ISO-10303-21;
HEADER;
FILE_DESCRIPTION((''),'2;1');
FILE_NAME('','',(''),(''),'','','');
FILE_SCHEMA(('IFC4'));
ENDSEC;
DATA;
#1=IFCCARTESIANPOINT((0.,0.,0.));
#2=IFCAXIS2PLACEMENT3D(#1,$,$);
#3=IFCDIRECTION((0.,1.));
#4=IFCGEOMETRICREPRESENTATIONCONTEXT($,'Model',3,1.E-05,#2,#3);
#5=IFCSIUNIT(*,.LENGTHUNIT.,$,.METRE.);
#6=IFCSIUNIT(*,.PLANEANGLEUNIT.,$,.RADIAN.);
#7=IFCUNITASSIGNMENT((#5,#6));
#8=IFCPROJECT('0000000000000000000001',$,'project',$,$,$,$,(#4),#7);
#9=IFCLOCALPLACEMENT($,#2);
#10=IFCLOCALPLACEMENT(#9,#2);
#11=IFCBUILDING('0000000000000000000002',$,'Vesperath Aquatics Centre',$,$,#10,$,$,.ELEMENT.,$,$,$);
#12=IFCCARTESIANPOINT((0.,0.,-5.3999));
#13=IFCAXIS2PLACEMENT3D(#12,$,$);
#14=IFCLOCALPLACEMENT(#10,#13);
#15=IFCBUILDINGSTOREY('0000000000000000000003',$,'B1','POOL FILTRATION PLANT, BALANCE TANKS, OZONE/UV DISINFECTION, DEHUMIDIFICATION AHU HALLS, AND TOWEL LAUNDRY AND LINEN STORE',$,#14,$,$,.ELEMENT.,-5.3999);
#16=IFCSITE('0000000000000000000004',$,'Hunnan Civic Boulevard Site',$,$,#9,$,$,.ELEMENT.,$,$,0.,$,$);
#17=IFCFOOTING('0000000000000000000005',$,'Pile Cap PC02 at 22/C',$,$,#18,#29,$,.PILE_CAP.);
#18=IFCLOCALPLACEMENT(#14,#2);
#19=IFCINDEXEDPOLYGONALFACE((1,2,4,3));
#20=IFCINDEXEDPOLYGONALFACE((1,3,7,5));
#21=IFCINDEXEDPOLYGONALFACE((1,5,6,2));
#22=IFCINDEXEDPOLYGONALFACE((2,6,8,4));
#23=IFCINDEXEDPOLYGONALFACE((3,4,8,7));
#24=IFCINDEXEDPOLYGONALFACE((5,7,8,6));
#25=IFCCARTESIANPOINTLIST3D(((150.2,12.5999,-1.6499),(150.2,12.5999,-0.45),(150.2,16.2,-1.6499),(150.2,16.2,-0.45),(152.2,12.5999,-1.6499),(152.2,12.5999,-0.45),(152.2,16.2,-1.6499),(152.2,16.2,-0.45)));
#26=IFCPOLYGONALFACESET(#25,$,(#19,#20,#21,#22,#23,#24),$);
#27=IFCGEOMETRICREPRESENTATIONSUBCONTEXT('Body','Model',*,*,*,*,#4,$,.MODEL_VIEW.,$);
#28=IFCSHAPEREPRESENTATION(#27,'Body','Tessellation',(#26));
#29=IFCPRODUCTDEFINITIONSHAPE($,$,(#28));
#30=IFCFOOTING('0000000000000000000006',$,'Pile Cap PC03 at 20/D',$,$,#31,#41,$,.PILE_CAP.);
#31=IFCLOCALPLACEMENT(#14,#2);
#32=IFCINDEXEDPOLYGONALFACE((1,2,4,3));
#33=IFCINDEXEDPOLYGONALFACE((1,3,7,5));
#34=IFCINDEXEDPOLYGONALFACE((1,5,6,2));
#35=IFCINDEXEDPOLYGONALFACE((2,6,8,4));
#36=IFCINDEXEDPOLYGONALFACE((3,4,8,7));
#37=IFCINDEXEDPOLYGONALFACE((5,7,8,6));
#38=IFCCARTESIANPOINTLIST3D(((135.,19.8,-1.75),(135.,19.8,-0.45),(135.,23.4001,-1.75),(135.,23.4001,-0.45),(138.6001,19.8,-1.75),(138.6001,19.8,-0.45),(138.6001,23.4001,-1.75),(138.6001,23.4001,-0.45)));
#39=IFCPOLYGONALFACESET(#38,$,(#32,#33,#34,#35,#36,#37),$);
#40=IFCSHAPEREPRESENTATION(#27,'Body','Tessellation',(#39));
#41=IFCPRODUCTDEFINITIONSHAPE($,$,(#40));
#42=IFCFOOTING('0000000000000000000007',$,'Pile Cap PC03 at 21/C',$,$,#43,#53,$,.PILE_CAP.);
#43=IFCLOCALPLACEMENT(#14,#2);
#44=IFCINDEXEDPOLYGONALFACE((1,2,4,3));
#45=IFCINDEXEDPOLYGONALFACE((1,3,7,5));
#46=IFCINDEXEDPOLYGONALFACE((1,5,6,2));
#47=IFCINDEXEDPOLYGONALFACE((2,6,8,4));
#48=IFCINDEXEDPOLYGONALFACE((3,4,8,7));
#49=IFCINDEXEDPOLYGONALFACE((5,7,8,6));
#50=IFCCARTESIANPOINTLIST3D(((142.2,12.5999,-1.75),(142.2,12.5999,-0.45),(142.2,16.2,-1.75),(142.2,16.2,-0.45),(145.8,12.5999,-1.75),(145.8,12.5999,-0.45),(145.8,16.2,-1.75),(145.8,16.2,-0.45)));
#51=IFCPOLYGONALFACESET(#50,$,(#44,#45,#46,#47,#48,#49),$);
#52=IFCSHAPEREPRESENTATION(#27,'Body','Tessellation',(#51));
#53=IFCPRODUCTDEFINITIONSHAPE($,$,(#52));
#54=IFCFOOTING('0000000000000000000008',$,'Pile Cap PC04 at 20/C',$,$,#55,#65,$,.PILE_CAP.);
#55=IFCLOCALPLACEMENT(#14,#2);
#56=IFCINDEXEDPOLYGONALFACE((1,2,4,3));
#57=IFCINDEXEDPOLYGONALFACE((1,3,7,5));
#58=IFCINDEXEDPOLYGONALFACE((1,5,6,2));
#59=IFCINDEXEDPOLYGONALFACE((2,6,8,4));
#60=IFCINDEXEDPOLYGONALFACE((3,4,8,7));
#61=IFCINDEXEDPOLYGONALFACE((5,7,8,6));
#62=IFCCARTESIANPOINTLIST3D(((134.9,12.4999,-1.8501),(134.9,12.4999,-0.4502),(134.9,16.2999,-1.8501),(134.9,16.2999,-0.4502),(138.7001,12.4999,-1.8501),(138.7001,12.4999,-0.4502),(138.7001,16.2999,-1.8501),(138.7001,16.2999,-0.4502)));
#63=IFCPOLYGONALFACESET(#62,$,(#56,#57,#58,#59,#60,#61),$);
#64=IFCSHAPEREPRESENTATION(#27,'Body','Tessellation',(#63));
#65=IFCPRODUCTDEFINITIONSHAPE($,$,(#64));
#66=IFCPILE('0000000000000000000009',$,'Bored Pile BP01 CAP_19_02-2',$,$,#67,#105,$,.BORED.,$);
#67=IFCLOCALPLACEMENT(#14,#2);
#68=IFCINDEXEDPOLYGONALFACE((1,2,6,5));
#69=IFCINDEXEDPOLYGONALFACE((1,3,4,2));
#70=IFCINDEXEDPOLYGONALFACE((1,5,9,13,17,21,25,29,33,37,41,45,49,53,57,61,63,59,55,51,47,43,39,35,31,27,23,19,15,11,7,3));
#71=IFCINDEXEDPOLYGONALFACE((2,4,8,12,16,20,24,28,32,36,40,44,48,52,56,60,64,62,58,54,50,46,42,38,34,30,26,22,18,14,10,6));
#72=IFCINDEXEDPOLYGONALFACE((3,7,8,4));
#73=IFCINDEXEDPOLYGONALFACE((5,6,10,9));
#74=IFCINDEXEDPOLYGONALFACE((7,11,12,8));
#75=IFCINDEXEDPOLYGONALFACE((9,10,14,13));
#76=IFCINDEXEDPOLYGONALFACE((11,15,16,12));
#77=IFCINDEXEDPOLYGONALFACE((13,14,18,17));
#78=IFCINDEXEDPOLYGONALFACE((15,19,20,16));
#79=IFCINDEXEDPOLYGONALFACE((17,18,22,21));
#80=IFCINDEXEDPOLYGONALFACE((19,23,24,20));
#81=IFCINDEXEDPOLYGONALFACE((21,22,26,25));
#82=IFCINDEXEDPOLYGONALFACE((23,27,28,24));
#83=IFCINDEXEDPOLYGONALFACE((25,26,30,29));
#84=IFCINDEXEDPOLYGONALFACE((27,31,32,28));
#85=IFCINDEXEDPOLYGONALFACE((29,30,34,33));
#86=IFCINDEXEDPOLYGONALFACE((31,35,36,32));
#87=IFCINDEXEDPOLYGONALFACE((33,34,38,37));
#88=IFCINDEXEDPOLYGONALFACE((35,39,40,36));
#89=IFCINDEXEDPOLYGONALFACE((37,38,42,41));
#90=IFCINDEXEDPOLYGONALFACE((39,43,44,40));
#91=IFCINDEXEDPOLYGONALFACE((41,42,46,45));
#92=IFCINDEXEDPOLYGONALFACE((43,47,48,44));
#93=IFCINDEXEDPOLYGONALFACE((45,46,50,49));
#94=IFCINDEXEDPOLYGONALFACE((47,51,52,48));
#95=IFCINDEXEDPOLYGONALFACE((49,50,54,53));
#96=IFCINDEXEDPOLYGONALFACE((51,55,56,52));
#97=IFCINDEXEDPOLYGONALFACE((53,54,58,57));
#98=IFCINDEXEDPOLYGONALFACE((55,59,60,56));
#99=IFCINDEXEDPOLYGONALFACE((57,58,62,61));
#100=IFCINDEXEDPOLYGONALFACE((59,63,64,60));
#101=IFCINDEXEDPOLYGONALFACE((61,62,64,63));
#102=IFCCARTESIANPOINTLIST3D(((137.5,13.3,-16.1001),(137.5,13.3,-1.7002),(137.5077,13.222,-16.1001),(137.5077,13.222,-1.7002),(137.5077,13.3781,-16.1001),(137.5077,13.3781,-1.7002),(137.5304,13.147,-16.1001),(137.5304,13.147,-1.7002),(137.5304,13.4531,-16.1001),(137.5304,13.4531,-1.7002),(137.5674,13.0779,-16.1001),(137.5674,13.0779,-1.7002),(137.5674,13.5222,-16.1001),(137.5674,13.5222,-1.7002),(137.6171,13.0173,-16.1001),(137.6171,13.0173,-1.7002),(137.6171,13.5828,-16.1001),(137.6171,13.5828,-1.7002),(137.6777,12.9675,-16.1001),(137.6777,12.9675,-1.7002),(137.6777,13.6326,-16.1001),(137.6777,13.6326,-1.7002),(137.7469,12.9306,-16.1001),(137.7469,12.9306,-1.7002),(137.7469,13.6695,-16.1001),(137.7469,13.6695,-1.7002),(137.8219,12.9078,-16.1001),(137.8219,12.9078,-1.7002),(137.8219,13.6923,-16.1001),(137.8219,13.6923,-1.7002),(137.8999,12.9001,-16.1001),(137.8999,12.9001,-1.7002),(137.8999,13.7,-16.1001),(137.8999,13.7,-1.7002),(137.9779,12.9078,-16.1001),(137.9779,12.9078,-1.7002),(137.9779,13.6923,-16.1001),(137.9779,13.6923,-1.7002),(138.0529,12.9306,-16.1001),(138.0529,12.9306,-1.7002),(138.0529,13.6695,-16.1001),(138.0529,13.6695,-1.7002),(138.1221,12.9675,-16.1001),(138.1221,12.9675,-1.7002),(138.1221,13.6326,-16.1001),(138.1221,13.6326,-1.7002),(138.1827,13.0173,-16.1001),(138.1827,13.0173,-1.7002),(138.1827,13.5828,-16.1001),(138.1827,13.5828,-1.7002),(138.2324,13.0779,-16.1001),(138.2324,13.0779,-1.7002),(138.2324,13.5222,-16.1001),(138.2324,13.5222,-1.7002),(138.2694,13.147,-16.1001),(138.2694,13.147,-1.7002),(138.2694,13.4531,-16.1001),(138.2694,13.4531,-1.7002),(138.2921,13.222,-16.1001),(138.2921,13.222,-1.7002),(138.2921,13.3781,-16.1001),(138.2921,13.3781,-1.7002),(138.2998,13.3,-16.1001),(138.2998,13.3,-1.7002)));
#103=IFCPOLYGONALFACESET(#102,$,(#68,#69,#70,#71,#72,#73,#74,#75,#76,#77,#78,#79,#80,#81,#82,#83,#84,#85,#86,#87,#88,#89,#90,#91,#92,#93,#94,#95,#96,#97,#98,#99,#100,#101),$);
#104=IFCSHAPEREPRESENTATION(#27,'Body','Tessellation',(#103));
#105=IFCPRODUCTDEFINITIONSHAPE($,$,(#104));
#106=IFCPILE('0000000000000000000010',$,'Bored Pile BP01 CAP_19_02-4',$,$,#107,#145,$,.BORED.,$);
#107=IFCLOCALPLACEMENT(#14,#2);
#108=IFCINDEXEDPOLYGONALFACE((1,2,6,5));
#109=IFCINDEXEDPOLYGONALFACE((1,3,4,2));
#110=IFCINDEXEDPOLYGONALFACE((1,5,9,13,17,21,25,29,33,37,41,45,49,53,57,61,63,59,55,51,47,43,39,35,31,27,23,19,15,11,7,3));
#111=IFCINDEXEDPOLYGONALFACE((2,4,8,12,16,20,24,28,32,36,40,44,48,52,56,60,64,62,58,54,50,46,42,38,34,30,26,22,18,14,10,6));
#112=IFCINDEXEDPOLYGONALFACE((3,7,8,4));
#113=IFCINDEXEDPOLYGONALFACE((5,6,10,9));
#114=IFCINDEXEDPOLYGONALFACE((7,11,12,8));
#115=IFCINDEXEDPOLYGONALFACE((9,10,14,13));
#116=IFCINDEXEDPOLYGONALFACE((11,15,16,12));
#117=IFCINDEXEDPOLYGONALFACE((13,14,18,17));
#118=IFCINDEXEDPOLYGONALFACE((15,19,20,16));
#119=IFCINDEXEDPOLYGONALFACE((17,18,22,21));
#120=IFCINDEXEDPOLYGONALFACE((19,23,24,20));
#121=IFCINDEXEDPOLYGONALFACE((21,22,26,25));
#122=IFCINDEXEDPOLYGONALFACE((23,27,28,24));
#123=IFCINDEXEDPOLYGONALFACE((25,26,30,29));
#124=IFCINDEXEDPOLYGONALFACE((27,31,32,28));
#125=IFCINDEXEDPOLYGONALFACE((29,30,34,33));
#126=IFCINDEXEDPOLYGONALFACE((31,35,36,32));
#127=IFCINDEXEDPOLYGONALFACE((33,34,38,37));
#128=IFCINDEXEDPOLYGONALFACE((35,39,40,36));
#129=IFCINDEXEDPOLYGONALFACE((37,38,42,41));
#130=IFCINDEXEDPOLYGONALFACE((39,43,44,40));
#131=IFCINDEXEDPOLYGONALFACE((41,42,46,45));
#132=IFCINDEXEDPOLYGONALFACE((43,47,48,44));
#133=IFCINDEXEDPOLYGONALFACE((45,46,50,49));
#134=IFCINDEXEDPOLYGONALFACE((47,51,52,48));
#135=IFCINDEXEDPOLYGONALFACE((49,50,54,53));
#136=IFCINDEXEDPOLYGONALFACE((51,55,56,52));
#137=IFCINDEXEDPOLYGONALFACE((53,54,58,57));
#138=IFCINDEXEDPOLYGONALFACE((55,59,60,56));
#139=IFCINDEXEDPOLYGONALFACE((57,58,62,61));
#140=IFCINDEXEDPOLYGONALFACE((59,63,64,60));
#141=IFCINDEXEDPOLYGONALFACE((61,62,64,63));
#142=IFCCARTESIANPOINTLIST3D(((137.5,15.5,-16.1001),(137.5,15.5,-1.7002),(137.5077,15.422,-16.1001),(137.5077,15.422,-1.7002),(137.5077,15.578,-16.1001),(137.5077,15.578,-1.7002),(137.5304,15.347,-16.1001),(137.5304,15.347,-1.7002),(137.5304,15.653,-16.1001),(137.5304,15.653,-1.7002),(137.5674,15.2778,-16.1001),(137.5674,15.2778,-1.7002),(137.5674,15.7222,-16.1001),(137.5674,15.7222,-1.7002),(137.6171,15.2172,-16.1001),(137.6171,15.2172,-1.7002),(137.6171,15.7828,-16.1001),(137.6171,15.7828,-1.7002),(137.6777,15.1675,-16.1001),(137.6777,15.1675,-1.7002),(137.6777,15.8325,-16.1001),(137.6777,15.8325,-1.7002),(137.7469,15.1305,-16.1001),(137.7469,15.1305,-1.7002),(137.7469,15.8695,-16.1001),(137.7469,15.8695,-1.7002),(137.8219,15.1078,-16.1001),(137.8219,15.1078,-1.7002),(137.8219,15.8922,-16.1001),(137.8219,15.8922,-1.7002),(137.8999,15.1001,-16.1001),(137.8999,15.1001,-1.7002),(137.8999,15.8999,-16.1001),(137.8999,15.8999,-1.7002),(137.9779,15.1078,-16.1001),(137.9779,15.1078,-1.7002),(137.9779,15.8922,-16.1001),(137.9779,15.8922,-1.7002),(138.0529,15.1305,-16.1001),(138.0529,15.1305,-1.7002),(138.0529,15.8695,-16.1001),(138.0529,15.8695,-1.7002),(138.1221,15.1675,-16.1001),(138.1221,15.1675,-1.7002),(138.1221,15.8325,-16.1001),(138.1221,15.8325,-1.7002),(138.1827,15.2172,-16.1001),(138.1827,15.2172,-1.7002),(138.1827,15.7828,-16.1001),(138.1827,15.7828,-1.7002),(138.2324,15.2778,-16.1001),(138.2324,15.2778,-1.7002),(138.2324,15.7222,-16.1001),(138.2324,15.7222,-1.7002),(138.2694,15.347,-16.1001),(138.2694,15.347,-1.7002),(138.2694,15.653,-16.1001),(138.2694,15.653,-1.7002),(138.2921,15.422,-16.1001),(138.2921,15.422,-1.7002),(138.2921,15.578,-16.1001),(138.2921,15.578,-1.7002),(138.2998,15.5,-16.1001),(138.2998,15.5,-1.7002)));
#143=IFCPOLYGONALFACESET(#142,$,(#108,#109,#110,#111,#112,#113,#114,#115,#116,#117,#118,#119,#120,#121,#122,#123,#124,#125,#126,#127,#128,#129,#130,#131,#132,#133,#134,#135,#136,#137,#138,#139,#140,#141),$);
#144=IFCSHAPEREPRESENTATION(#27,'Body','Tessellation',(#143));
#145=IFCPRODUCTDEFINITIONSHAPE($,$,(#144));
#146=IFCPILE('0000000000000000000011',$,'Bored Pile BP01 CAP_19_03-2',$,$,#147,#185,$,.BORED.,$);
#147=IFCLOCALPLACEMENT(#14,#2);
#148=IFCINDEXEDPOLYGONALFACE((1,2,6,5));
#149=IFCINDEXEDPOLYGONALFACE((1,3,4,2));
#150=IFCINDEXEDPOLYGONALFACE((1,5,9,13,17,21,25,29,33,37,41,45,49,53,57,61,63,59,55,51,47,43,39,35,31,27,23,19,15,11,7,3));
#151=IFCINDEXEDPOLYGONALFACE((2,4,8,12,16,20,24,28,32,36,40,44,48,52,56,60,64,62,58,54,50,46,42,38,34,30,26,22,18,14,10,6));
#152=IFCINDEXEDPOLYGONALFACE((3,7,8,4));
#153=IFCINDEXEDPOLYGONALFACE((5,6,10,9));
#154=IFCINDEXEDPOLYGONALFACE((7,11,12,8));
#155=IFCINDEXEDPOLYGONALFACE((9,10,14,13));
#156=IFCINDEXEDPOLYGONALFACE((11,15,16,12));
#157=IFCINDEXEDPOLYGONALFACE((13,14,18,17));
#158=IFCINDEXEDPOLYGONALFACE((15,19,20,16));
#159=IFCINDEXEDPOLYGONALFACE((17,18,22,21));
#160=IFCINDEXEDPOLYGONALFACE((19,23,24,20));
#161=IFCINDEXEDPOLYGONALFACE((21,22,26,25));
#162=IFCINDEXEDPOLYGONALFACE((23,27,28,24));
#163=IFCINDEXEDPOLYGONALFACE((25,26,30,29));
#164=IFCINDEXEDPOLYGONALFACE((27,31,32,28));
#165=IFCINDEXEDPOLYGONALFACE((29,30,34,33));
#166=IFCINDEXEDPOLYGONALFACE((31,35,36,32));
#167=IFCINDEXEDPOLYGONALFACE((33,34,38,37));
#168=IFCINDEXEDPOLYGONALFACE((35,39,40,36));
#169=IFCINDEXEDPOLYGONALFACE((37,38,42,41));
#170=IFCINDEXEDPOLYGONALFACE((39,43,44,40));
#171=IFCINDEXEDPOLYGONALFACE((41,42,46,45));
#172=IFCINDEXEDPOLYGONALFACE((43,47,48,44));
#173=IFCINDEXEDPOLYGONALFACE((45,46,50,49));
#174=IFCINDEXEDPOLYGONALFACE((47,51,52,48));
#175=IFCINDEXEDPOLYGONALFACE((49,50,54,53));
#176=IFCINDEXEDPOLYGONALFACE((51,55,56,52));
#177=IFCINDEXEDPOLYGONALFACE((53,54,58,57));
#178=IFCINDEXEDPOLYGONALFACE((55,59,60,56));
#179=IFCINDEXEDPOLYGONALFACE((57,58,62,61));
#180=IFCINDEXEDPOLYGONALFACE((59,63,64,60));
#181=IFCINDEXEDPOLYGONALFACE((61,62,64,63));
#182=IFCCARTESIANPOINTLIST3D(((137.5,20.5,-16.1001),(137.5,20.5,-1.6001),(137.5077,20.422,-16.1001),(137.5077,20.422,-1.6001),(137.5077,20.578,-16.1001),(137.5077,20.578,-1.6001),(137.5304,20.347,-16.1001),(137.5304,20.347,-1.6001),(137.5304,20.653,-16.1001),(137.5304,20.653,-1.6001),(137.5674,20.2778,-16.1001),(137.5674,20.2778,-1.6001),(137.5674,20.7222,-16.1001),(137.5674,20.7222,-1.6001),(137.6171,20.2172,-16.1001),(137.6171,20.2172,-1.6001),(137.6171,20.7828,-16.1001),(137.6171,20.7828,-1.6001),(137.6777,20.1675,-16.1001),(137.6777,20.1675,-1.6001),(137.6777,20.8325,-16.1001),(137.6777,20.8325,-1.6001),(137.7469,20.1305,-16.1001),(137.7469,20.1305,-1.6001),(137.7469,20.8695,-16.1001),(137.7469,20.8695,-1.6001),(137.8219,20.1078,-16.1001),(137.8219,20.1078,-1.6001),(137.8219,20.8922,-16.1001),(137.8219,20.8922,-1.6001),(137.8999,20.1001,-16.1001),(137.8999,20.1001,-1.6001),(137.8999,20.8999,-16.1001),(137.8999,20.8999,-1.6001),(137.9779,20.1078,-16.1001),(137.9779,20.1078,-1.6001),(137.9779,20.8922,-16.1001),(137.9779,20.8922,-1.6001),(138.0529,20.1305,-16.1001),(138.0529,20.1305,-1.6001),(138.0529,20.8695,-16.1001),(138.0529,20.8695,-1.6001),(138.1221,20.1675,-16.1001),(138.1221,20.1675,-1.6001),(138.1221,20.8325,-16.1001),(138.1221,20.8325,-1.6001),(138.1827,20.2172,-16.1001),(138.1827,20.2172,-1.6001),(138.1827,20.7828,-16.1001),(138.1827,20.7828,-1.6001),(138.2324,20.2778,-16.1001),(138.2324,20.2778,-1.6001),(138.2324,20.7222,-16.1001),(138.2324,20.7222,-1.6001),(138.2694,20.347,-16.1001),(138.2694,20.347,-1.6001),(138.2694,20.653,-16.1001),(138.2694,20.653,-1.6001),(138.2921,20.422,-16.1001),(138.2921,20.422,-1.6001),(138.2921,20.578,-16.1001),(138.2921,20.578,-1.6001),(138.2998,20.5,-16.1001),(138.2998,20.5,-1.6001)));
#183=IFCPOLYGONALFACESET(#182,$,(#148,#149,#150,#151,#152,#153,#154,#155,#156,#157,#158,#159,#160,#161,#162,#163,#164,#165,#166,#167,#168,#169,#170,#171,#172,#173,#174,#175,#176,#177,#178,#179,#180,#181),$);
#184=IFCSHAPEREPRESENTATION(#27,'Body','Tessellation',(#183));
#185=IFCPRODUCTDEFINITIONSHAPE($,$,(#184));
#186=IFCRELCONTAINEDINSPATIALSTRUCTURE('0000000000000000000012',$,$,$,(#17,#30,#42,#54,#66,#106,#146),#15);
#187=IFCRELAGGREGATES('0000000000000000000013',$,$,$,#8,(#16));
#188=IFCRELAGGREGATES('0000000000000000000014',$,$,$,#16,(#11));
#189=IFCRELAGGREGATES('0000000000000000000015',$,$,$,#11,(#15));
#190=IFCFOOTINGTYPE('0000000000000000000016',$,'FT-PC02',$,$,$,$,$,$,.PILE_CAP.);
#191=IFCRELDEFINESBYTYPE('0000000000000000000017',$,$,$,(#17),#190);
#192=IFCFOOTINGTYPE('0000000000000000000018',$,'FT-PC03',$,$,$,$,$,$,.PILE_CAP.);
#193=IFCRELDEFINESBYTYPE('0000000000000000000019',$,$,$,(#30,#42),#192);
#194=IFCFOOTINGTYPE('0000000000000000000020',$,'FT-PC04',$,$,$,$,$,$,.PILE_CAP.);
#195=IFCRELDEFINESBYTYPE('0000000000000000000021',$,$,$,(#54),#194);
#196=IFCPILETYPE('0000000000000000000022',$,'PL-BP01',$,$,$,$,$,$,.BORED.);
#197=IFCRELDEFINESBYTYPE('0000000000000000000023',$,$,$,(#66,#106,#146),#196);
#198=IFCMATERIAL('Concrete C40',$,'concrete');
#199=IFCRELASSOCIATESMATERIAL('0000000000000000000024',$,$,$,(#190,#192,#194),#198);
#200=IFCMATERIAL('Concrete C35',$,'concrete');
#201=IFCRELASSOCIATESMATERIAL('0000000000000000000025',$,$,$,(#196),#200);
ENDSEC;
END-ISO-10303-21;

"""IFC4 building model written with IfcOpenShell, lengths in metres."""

from ifc_helpers import new_model, si_unit, direction, frame, origin, origin_2d, place, context, subcontext, project, spatial, rectangle, circle, extrude, material, material_profile, profile_set, type_object, element, save


model = new_model("IFC4")

# Units and contexts
model_context = context("Model", 3, precision=1e-05, world=origin(), true_north=direction((0.0, 1.0)))
body_context = subcontext(model_context, "Body", "Model", "MODEL_VIEW")
ifc_project = project(units=[si_unit("LENGTHUNIT", "METRE"), si_unit("PLANEANGLEUNIT", "RADIAN")], contexts=[model_context])

# Site, building, storey
site_placement = place(None, origin())
site = spatial("IfcSite", under=ifc_project, at=site_placement, Name="Hunnan Civic Boulevard Site", CompositionType="ELEMENT", RefElevation=0.0)
building_placement = place(site_placement, origin())
building = spatial("IfcBuilding", under=site, at=building_placement, Name="Vesperath Aquatics Centre", CompositionType="ELEMENT")
storey_placement = place(building_placement, frame((0.0, 0.0, -5.3999)))
storey = spatial("IfcBuildingStorey", under=building, at=storey_placement, Name="B1", Description="POOL FILTRATION PLANT, BALANCE TANKS, OZONE/UV DISINFECTION, DEHUMIDIFICATION AHU HALLS, AND TOWEL LAUNDRY AND LINEN STORE", CompositionType="ELEMENT", Elevation=-5.3999)

# Footings
ifc_material_1 = material(Name="Concrete C40", Category="concrete")
footing_type_1 = type_object("IfcFootingType", Name="FT-PC02", PredefinedType="PILE_CAP", material=ifc_material_1)
footing_1_placement = place(storey_placement, frame((151.2, 14.3999, -1.6499), z_axis=(0.0, 0.0, 1.0), x_axis=(1.0, 0.0, 0.0)))
element("IfcFooting", 1, at=footing_1_placement, inside=storey, type_object=footing_type_1, Name="Pile Cap PC02 at 22/C", PredefinedType="PILE_CAP", context=body_context, shape_type="SweptSolid", body=[
    extrude(rectangle(XDim=2.0, YDim=3.6001, at=origin_2d()), origin(), (0.0, 0.0, 1.0), 1.2),
])
footing_type_2 = type_object("IfcFootingType", Name="FT-PC03", PredefinedType="PILE_CAP", material=ifc_material_1)
for number, where, z_axis, x_axis, name in (
    (2, (136.8, 21.6001, -1.75), (0.0, 0.0, 1.0), (1.0, 0.0, 0.0), "Pile Cap PC03 at 20/D"),
    (3, (144.0, 14.3999, -1.75), (0.0, 0.0, 1.0), (1.0, 0.0, 0.0), "Pile Cap PC03 at 21/C"),
):
    element("IfcFooting", number, at=place(storey_placement, frame(where, z_axis=z_axis, x_axis=x_axis)), inside=storey, type_object=footing_type_2, Name=name, PredefinedType="PILE_CAP", context=body_context, shape_type="SweptSolid", body=[
        extrude(rectangle(XDim=3.6001, YDim=3.6001, at=origin_2d()), origin(), (0.0, 0.0, 1.0), 1.3),
    ])
footing_type_3 = type_object("IfcFootingType", Name="FT-PC04", PredefinedType="PILE_CAP", material=ifc_material_1)
footing_2_placement = place(storey_placement, frame((136.8, 14.3999, -1.8501), z_axis=(0.0, 0.0, 1.0), x_axis=(1.0, 0.0, 0.0)))
element("IfcFooting", 4, at=footing_2_placement, inside=storey, type_object=footing_type_3, Name="Pile Cap PC04 at 20/C", PredefinedType="PILE_CAP", context=body_context, shape_type="SweptSolid", body=[
    extrude(rectangle(XDim=3.8, YDim=3.8, at=origin_2d()), origin(), (0.0, 0.0, 1.0), 1.3999),
])

# Piles
ifc_material_2 = material(Name="Concrete C35", Category="concrete")
ifc_material_profile_1 = material_profile(ifc_material_2, circle(Radius=0.3999, at=origin_2d()), Name="PILE D800")
ifc_profile_set_1 = profile_set([ifc_material_profile_1], Name="Concrete C35")
pile_type = type_object("IfcPileType", Name="PL-BP01", PredefinedType="BORED", material=ifc_profile_set_1)
for number, where, z_axis, x_axis, name in (
    (5, (137.8999, 13.3, -1.7002), (0.0, 0.0, -1.0), (1.0, 0.0, 0.0), "Bored Pile BP01 CAP_19_02-2"),
    (6, (137.8999, 15.5, -1.7002), (0.0, 0.0, -1.0), (1.0, 0.0, 0.0), "Bored Pile BP01 CAP_19_02-4"),
):
    element("IfcPile", number, at=place(storey_placement, frame(where, z_axis=z_axis, x_axis=x_axis)), inside=storey, type_object=pile_type, Name=name, PredefinedType="BORED", context=body_context, shape_type="SweptSolid", body=[
        extrude(circle(Radius=0.3999, at=origin_2d()), origin(), (0.0, 0.0, 1.0), 14.3999),
    ])
pile_placement = place(storey_placement, frame((137.8999, 20.5, -1.6001), z_axis=(0.0, 0.0, -1.0), x_axis=(1.0, 0.0, 0.0)))
element("IfcPile", 7, at=pile_placement, inside=storey, type_object=pile_type, Name="Bored Pile BP01 CAP_19_03-2", PredefinedType="BORED", context=body_context, shape_type="SweptSolid", body=[
    extrude(circle(Radius=0.3999, at=origin_2d()), origin(), (0.0, 0.0, 1.0), 14.5),
])

save(model, "model.ifc")
